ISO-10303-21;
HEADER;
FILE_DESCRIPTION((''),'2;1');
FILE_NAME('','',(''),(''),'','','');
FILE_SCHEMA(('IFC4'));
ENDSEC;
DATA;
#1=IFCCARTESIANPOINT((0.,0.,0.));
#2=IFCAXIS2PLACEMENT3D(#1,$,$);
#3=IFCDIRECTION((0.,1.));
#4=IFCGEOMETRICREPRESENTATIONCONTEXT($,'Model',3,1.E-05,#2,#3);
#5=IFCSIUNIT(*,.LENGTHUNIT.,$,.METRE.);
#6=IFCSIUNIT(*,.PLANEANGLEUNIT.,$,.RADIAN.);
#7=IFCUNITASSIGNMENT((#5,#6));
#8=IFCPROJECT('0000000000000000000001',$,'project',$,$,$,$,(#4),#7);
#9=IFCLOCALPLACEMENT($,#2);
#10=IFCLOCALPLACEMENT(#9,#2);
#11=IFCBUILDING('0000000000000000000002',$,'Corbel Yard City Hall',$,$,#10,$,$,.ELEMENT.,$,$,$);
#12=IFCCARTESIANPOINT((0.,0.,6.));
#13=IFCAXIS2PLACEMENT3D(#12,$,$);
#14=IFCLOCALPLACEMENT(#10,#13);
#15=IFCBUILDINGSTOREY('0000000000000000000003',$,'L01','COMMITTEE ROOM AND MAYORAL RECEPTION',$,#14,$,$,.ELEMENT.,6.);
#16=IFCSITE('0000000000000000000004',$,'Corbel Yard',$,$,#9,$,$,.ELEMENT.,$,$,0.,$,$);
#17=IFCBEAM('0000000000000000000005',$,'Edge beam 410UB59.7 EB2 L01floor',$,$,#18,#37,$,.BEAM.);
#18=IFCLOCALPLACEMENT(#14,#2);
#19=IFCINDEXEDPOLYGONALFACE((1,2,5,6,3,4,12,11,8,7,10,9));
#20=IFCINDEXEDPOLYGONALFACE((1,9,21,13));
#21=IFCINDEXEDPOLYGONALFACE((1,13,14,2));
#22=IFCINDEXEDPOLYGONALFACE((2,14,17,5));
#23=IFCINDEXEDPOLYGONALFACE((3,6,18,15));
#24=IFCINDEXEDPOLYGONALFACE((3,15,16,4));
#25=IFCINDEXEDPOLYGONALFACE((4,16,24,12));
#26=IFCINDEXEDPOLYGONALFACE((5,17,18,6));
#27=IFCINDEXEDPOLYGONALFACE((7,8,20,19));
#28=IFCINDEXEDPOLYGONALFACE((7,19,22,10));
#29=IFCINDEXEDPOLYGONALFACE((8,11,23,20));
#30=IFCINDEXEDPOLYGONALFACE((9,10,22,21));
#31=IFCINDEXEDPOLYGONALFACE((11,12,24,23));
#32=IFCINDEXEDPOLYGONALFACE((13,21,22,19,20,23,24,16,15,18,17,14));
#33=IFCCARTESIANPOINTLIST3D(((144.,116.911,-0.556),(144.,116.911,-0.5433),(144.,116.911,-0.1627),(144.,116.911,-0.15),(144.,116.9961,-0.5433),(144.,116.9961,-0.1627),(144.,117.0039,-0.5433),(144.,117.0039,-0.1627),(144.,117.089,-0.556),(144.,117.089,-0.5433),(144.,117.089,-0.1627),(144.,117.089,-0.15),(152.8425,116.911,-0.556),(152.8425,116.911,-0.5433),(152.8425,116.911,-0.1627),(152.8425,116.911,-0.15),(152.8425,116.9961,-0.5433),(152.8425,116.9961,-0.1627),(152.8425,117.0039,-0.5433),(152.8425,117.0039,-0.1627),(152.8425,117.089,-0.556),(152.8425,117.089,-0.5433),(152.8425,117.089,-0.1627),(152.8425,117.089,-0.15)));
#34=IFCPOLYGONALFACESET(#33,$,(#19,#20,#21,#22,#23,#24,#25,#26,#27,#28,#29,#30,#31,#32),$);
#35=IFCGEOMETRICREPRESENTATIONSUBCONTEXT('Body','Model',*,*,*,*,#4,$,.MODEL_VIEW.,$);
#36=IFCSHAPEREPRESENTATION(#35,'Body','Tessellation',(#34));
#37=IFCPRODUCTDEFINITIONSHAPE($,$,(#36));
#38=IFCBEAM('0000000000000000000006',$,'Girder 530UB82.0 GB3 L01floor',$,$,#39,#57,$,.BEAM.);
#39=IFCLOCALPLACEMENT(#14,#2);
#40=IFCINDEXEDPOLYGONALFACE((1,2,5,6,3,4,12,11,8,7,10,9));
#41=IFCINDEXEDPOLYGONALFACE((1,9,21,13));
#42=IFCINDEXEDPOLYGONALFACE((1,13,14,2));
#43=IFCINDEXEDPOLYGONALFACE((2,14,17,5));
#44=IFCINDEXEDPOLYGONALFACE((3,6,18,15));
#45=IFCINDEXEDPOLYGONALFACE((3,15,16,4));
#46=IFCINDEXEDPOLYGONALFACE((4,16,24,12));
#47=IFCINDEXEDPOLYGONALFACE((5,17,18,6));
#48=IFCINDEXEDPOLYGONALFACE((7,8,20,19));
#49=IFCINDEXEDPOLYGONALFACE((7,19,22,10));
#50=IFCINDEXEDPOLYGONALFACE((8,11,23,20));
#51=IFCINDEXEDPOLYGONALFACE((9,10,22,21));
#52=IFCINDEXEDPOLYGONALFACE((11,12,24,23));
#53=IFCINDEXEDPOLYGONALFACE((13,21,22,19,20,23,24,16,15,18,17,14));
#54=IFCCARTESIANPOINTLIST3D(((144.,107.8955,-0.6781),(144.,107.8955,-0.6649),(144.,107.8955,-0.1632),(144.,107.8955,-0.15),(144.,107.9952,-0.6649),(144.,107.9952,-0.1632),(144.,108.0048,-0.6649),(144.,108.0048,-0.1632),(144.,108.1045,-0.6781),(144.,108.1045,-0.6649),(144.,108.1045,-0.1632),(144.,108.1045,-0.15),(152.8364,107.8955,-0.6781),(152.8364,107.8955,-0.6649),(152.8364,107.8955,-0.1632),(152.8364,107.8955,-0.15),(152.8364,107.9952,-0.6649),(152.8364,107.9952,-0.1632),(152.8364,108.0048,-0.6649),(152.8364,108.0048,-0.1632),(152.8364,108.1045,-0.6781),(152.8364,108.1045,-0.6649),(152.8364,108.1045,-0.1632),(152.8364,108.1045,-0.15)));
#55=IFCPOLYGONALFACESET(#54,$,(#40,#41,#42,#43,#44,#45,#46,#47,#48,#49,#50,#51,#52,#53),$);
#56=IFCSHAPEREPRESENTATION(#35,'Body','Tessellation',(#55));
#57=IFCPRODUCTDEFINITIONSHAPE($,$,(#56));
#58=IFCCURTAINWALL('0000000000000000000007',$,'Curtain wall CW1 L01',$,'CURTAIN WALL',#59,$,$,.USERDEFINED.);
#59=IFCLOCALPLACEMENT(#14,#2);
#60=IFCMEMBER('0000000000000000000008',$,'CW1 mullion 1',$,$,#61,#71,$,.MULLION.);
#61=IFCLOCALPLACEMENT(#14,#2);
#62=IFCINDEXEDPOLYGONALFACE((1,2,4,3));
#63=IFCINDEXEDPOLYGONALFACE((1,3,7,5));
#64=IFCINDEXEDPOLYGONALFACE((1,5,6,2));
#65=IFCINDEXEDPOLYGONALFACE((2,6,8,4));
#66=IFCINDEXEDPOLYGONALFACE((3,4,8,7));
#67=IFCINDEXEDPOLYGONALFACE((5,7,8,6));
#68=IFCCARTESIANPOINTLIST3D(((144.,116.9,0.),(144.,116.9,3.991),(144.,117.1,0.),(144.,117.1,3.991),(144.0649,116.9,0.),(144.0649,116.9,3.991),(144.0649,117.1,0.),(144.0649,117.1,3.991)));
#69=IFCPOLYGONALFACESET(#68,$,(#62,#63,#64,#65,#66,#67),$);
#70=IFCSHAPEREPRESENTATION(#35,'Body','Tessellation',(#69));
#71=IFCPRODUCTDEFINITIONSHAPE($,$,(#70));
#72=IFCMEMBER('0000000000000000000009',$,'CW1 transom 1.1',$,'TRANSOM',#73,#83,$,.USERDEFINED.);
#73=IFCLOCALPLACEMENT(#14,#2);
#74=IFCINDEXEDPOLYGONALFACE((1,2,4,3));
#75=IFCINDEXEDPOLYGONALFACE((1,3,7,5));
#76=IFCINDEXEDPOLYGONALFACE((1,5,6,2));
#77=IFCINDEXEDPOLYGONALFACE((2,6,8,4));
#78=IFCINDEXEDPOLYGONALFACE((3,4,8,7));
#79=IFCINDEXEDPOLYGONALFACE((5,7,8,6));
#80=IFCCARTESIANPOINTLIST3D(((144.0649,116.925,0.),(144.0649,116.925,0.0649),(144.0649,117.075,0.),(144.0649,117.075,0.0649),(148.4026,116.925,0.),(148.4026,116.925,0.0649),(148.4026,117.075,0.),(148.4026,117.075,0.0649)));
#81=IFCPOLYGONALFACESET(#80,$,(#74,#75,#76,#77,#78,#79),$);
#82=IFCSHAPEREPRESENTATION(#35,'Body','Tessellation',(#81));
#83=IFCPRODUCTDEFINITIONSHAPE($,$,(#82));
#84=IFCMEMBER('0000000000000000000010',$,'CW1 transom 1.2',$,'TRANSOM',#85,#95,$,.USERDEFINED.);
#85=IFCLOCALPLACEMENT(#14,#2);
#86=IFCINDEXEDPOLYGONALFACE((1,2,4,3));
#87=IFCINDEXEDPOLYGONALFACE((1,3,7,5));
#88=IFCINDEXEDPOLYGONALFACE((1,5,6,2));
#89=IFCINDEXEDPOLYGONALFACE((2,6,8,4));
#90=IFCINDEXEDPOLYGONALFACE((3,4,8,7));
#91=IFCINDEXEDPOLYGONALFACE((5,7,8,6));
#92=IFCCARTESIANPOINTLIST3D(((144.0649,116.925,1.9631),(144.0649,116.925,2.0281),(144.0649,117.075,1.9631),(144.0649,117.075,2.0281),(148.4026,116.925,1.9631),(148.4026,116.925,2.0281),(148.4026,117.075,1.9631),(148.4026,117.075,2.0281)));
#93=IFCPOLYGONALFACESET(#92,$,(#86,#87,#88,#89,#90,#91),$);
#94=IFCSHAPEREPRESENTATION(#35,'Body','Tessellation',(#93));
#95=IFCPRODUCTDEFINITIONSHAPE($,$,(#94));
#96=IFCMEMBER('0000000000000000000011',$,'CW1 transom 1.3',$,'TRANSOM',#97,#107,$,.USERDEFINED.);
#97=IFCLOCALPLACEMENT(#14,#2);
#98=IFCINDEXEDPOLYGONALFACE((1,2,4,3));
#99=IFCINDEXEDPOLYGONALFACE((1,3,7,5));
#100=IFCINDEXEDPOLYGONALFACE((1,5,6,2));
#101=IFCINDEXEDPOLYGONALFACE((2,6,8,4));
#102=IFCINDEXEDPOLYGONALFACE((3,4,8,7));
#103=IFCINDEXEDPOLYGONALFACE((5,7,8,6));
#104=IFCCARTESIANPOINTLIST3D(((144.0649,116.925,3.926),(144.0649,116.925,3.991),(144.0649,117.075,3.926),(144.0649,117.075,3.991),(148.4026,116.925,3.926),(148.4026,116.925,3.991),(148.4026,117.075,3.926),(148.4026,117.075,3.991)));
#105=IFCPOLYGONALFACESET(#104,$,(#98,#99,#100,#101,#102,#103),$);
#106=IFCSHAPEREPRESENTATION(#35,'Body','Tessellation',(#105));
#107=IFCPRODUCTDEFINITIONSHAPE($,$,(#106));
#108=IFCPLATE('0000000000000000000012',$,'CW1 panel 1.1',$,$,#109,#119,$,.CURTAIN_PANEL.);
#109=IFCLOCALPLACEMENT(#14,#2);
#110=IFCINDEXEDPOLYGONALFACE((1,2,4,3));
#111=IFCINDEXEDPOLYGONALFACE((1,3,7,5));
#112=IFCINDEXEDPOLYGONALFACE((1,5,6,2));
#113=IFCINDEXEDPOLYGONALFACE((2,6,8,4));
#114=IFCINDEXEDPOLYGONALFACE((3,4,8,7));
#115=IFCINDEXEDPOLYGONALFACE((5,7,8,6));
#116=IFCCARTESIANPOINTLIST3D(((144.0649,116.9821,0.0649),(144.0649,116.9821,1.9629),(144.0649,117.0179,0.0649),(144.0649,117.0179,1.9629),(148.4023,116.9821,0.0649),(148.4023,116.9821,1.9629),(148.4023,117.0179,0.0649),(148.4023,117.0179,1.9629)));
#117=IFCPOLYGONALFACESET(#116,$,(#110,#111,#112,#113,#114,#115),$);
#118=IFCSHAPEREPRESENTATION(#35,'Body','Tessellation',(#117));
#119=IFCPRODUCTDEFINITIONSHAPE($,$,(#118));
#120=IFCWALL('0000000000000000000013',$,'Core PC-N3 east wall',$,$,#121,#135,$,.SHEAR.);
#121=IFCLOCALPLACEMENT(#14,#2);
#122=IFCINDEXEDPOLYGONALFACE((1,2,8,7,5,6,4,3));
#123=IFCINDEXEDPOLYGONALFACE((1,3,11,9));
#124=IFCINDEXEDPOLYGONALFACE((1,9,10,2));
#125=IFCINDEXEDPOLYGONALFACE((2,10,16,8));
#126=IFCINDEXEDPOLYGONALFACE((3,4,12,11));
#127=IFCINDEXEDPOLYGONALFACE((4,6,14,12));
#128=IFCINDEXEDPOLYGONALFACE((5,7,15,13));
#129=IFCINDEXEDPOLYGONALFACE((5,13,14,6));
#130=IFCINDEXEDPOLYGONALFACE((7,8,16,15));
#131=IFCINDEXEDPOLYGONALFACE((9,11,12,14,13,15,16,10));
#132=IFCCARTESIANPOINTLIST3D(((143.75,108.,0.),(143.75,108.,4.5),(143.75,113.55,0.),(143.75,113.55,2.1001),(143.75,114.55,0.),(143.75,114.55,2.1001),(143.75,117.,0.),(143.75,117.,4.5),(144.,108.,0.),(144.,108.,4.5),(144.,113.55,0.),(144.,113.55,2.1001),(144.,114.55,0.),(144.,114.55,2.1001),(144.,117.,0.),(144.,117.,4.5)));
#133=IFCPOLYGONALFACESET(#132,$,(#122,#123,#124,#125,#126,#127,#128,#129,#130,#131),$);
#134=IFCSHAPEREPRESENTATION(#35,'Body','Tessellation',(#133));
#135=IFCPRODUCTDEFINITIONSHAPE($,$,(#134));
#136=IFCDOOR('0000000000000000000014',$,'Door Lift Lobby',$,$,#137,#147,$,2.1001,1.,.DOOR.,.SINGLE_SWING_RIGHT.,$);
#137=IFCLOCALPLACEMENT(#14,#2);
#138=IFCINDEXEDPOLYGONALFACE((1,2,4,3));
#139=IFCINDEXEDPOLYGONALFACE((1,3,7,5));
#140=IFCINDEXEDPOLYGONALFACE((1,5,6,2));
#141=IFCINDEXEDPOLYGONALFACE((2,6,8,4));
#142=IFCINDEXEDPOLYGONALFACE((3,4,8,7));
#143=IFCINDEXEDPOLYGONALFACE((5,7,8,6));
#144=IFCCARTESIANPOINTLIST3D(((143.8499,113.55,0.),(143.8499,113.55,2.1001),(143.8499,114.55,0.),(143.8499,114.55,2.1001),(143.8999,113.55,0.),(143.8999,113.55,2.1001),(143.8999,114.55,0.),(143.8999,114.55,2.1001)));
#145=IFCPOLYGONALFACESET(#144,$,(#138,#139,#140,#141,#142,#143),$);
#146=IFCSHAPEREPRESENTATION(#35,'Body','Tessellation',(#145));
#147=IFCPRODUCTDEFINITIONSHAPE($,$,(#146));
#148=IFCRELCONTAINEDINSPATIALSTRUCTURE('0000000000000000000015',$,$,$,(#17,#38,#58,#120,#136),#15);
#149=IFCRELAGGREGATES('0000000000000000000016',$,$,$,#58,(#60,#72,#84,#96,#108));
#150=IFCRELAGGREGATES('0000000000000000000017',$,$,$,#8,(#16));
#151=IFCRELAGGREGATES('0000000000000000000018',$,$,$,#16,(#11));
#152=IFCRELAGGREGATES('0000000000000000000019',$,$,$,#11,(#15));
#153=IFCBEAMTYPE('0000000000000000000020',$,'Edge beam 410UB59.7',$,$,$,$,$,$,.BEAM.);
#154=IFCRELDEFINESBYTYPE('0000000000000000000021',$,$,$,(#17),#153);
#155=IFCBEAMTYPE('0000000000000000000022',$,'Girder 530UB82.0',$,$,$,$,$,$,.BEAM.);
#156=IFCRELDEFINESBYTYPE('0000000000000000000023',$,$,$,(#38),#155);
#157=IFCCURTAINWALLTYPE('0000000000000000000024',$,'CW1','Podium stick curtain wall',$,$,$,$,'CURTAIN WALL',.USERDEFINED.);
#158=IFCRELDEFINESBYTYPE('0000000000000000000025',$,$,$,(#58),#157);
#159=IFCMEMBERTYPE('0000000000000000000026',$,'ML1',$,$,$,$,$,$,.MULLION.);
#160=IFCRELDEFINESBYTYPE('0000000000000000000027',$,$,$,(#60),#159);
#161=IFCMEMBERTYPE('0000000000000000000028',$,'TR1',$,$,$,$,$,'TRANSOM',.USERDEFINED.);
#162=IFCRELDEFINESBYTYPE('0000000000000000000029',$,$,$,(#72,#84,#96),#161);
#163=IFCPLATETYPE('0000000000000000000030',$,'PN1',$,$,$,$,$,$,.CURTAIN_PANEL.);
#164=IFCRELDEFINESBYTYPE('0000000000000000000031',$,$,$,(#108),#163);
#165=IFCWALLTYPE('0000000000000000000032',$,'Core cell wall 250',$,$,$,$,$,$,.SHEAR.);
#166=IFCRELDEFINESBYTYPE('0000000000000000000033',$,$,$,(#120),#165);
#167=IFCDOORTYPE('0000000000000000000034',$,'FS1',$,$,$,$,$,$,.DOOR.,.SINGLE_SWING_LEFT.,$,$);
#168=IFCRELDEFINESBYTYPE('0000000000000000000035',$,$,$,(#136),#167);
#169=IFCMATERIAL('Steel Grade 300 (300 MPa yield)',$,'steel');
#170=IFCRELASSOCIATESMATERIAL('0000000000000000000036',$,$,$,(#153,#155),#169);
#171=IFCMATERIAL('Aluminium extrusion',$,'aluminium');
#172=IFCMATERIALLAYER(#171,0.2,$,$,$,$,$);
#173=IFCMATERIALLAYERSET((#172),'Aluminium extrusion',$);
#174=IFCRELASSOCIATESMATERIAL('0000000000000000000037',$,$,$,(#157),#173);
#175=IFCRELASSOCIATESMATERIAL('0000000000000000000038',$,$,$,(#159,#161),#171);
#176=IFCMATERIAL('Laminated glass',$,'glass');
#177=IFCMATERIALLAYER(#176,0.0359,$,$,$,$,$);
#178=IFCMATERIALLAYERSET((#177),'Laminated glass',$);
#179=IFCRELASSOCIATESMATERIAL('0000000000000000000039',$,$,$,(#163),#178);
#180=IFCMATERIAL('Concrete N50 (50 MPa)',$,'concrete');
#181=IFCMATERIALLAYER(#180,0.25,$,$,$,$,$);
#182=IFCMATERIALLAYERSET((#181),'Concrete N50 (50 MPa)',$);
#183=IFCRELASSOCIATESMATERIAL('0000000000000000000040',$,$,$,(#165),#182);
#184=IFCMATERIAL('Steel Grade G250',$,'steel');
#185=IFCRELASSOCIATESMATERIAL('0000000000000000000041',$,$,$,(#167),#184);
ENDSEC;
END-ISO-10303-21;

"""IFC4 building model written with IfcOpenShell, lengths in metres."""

from ifc_helpers import new_model, si_unit, direction, frame, frame_2d, origin, origin_2d, place, context, subcontext, project, spatial, rectangle, i_section, extrude, material, layer, layer_set, material_profile, profile_set, type_object, element, fill, aggregate, save


model = new_model("IFC4")

# Units and contexts
model_context = context("Model", 3, precision=1e-05, world=origin(), true_north=direction((0.0, 1.0)))
body_context = subcontext(model_context, "Body", "Model", "MODEL_VIEW")
ifc_project = project(units=[si_unit("LENGTHUNIT", "METRE"), si_unit("PLANEANGLEUNIT", "RADIAN")], contexts=[model_context])

# Site, building, storey
site_placement = place(None, origin())
site = spatial("IfcSite", under=ifc_project, at=site_placement, Name="Corbel Yard", CompositionType="ELEMENT", RefElevation=0.0)
building_placement = place(site_placement, origin())
building = spatial("IfcBuilding", under=site, at=building_placement, Name="Corbel Yard City Hall", CompositionType="ELEMENT")
storey_placement = place(building_placement, frame((0.0, 0.0, 6.0)))
storey = spatial("IfcBuildingStorey", under=building, at=storey_placement, Name="L01", Description="COMMITTEE ROOM AND MAYORAL RECEPTION", CompositionType="ELEMENT", Elevation=6.0)

# Beams
ifc_material_1 = material(Name="Steel Grade 300 (300 MPa yield)", Category="steel")
ifc_material_profile_1 = material_profile(ifc_material_1, i_section(OverallWidth=0.178, OverallDepth=0.406, WebThickness=0.0078, FlangeThickness=0.0127, at=origin_2d()), Name="410UB59.7")
ifc_profile_set_1 = profile_set([ifc_material_profile_1], Name="Steel Grade 300 (300 MPa yield)")
beam_type_1 = type_object("IfcBeamType", Name="Edge beam 410UB59.7", PredefinedType="BEAM", material=ifc_profile_set_1)
beam_1_placement = place(storey_placement, frame((144.0, 117.0, -0.353), z_axis=(1.0, 0.0, 0.0), x_axis=(0.0, 1.0, 0.0)))
element("IfcBeam", 1, at=beam_1_placement, inside=storey, type_object=beam_type_1, Name="Edge beam 410UB59.7 EB2 L01floor", PredefinedType="BEAM", context=body_context, shape_type="SweptSolid", body=[
    extrude(i_section(OverallWidth=0.178, OverallDepth=0.406, WebThickness=0.0078, FlangeThickness=0.0127, at=origin_2d()), origin(), (0.0, 0.0, 1.0), 8.8425),
])
ifc_material_profile_2 = material_profile(ifc_material_1, i_section(OverallWidth=0.209, OverallDepth=0.5281, WebThickness=0.0095, FlangeThickness=0.0132, at=origin_2d()), Name="530UB82.0")
ifc_profile_set_2 = profile_set([ifc_material_profile_2], Name="Steel Grade 300 (300 MPa yield)")
beam_type_2 = type_object("IfcBeamType", Name="Girder 530UB82.0", PredefinedType="BEAM", material=ifc_profile_set_2)
beam_2_placement = place(storey_placement, frame((144.0, 108.0, -0.4141), z_axis=(1.0, 0.0, 0.0), x_axis=(0.0, 1.0, 0.0)))
element("IfcBeam", 2, at=beam_2_placement, inside=storey, type_object=beam_type_2, Name="Girder 530UB82.0 GB3 L01floor", PredefinedType="BEAM", context=body_context, shape_type="SweptSolid", body=[
    extrude(i_section(OverallWidth=0.209, OverallDepth=0.5281, WebThickness=0.0095, FlangeThickness=0.0132, at=origin_2d()), origin(), (0.0, 0.0, 1.0), 8.8364),
])

# Curtain wall, members, plate
ifc_material_2 = material(Name="Aluminium extrusion", Category="aluminium")
ifc_layer_1 = layer(ifc_material_2, 0.2)
ifc_layer_set_1 = layer_set([ifc_layer_1], Name="Aluminium extrusion")
curtain_wall_type = type_object("IfcCurtainWallType", Name="CW1", Description="Podium stick curtain wall", ElementType="CURTAIN WALL", PredefinedType="USERDEFINED", material=ifc_layer_set_1)
curtain_wall_placement = place(storey_placement, origin())
curtain_wall = element("IfcCurtainWall", 3, at=curtain_wall_placement, inside=storey, type_object=curtain_wall_type, Name="Curtain wall CW1 L01", ObjectType="CURTAIN WALL", PredefinedType="USERDEFINED")
ifc_material_profile_3 = material_profile(ifc_material_2, rectangle(XDim=0.2, YDim=0.0649, at=origin_2d()), Name="200x65")
ifc_profile_set_3 = profile_set([ifc_material_profile_3], Name="Aluminium extrusion")
member_type_1 = type_object("IfcMemberType", Name="ML1", PredefinedType="MULLION", material=ifc_profile_set_3)
member_1_placement = place(storey_placement, frame((144.0325, 117.0, 0.0), z_axis=(0.0, 0.0, 1.0), x_axis=(0.0, 1.0, 0.0)))
member_1 = element("IfcMember", 4, at=member_1_placement, type_object=member_type_1, Name="CW1 mullion 1", PredefinedType="MULLION", context=body_context, shape_type="SweptSolid", body=[
    extrude(rectangle(XDim=0.2, YDim=0.0649, at=origin_2d()), origin(), (0.0, 0.0, 1.0), 3.991),
])
ifc_material_profile_4 = material_profile(ifc_material_2, rectangle(XDim=0.1499, YDim=0.0649, at=origin_2d()), Name="150x65")
ifc_profile_set_4 = profile_set([ifc_material_profile_4], Name="Aluminium extrusion")
member_type_2 = type_object("IfcMemberType", Name="TR1", ElementType="TRANSOM", PredefinedType="USERDEFINED", material=ifc_profile_set_4)
member_2_placement = place(storey_placement, frame((144.0649, 117.0, 0.0325), z_axis=(1.0, 0.0, 0.0), x_axis=(0.0, 1.0, 0.0)))
member_2 = element("IfcMember", 5, at=member_2_placement, type_object=member_type_2, Name="CW1 transom 1.1", ObjectType="TRANSOM", PredefinedType="USERDEFINED", context=body_context, shape_type="SweptSolid", body=[
    extrude(rectangle(XDim=0.1499, YDim=0.0649, at=origin_2d()), origin(), (0.0, 0.0, 1.0), 4.3376),
])
member_3_placement = place(storey_placement, frame((144.0649, 117.0, 1.9956), z_axis=(1.0, 0.0, 0.0), x_axis=(0.0, 1.0, 0.0)))
member_3 = element("IfcMember", 6, at=member_3_placement, type_object=member_type_2, Name="CW1 transom 1.2", ObjectType="TRANSOM", PredefinedType="USERDEFINED", context=body_context, shape_type="SweptSolid", body=[
    extrude(rectangle(XDim=0.1499, YDim=0.0649, at=origin_2d()), origin(), (0.0, 0.0, 1.0), 4.3376),
])
member_4_placement = place(storey_placement, frame((144.0649, 117.0, 3.9585), z_axis=(1.0, 0.0, 0.0), x_axis=(0.0, 1.0, 0.0)))
member_4 = element("IfcMember", 7, at=member_4_placement, type_object=member_type_2, Name="CW1 transom 1.3", ObjectType="TRANSOM", PredefinedType="USERDEFINED", context=body_context, shape_type="SweptSolid", body=[
    extrude(rectangle(XDim=0.1499, YDim=0.0649, at=origin_2d()), origin(), (0.0, 0.0, 1.0), 4.3376),
])
ifc_material_3 = material(Name="Laminated glass", Category="glass")
ifc_layer_2 = layer(ifc_material_3, 0.0359)
ifc_layer_set_2 = layer_set([ifc_layer_2], Name="Laminated glass")
plate_type = type_object("IfcPlateType", Name="PN1", PredefinedType="CURTAIN_PANEL", material=ifc_layer_set_2)
plate_placement = place(storey_placement, frame((146.2336, 117.0, 0.0649), z_axis=(0.0, 0.0, 1.0), x_axis=(1.0, 0.0, 0.0)))
plate = element("IfcPlate", 8, at=plate_placement, type_object=plate_type, Name="CW1 panel 1.1", PredefinedType="CURTAIN_PANEL", context=body_context, shape_type="SweptSolid", body=[
    extrude(rectangle(XDim=4.3374, YDim=0.0359, at=origin_2d()), origin(), (0.0, 0.0, 1.0), 1.8979),
])
aggregate(curtain_wall, [member_1, member_2, member_3, member_4, plate])

# Wall, opening, door
ifc_material_4 = material(Name="Concrete N50 (50 MPa)", Category="concrete")
ifc_layer_3 = layer(ifc_material_4, 0.25)
ifc_layer_set_3 = layer_set([ifc_layer_3], Name="Concrete N50 (50 MPa)")
wall_type_1 = type_object("IfcWallType", Name="Core cell wall 250", PredefinedType="SHEAR", material=ifc_layer_set_3)
wall_1_placement = place(storey_placement, frame((143.875, 108.0, 0.0), z_axis=(0.0, 0.0, 1.0), x_axis=(0.0, 1.0, 0.0)))
wall_1 = element("IfcWall", 9, at=wall_1_placement, inside=storey, type_object=wall_type_1, Name="Core PC-N3 east wall", PredefinedType="SHEAR", context=body_context, shape_type="SweptSolid", body=[
    extrude(rectangle(XDim=9.0, YDim=0.25, at=frame_2d((4.5, 0.0))), origin(), (0.0, 0.0, 1.0), 4.5),
])
opening_1_placement = place(wall_1_placement, frame((5.55, 0.0, 0.0)))
opening_1 = element("IfcOpeningElement", 10, at=opening_1_placement, cuts=wall_1, PredefinedType="OPENING", context=body_context, shape_type="SweptSolid", body=[
    extrude(rectangle(XDim=1.0, YDim=2.1001, at=frame_2d((0.5, 1.05))), frame((0.0, 0.135, 0.0), z_axis=(0.0, -1.0, 0.0), x_axis=(1.0, 0.0, 0.0)), (0.0, 0.0, 1.0), 0.27),
])
ifc_material_5 = material(Name="Steel Grade G250", Category="steel")
door_type_1 = type_object("IfcDoorType", Name="FS1", OperationType="SINGLE_SWING_LEFT", PredefinedType="DOOR", material=ifc_material_5)
door_1_placement = place(opening_1_placement, frame((1.0, 0.0, 0.0), z_axis=(0.0, 0.0, 1.0), x_axis=(-1.0, 0.0, 0.0)))
door_1 = element("IfcDoor", 11, at=door_1_placement, inside=storey, type_object=door_type_1, Name="Door Lift Lobby", OperationType="SINGLE_SWING_RIGHT", OverallHeight=2.1001, OverallWidth=1.0, PredefinedType="DOOR", context=body_context, shape_type="SweptSolid", body=[
    extrude(rectangle(XDim=1.0, YDim=2.1001, at=frame_2d((0.5, 1.05))), frame((0.0, 0.0249, 0.0), z_axis=(0.0, -1.0, 0.0), x_axis=(1.0, 0.0, 0.0)), (0.0, 0.0, 1.0), 0.05),
])
fill(opening_1, door_1)

save(model, "model.ifc")
